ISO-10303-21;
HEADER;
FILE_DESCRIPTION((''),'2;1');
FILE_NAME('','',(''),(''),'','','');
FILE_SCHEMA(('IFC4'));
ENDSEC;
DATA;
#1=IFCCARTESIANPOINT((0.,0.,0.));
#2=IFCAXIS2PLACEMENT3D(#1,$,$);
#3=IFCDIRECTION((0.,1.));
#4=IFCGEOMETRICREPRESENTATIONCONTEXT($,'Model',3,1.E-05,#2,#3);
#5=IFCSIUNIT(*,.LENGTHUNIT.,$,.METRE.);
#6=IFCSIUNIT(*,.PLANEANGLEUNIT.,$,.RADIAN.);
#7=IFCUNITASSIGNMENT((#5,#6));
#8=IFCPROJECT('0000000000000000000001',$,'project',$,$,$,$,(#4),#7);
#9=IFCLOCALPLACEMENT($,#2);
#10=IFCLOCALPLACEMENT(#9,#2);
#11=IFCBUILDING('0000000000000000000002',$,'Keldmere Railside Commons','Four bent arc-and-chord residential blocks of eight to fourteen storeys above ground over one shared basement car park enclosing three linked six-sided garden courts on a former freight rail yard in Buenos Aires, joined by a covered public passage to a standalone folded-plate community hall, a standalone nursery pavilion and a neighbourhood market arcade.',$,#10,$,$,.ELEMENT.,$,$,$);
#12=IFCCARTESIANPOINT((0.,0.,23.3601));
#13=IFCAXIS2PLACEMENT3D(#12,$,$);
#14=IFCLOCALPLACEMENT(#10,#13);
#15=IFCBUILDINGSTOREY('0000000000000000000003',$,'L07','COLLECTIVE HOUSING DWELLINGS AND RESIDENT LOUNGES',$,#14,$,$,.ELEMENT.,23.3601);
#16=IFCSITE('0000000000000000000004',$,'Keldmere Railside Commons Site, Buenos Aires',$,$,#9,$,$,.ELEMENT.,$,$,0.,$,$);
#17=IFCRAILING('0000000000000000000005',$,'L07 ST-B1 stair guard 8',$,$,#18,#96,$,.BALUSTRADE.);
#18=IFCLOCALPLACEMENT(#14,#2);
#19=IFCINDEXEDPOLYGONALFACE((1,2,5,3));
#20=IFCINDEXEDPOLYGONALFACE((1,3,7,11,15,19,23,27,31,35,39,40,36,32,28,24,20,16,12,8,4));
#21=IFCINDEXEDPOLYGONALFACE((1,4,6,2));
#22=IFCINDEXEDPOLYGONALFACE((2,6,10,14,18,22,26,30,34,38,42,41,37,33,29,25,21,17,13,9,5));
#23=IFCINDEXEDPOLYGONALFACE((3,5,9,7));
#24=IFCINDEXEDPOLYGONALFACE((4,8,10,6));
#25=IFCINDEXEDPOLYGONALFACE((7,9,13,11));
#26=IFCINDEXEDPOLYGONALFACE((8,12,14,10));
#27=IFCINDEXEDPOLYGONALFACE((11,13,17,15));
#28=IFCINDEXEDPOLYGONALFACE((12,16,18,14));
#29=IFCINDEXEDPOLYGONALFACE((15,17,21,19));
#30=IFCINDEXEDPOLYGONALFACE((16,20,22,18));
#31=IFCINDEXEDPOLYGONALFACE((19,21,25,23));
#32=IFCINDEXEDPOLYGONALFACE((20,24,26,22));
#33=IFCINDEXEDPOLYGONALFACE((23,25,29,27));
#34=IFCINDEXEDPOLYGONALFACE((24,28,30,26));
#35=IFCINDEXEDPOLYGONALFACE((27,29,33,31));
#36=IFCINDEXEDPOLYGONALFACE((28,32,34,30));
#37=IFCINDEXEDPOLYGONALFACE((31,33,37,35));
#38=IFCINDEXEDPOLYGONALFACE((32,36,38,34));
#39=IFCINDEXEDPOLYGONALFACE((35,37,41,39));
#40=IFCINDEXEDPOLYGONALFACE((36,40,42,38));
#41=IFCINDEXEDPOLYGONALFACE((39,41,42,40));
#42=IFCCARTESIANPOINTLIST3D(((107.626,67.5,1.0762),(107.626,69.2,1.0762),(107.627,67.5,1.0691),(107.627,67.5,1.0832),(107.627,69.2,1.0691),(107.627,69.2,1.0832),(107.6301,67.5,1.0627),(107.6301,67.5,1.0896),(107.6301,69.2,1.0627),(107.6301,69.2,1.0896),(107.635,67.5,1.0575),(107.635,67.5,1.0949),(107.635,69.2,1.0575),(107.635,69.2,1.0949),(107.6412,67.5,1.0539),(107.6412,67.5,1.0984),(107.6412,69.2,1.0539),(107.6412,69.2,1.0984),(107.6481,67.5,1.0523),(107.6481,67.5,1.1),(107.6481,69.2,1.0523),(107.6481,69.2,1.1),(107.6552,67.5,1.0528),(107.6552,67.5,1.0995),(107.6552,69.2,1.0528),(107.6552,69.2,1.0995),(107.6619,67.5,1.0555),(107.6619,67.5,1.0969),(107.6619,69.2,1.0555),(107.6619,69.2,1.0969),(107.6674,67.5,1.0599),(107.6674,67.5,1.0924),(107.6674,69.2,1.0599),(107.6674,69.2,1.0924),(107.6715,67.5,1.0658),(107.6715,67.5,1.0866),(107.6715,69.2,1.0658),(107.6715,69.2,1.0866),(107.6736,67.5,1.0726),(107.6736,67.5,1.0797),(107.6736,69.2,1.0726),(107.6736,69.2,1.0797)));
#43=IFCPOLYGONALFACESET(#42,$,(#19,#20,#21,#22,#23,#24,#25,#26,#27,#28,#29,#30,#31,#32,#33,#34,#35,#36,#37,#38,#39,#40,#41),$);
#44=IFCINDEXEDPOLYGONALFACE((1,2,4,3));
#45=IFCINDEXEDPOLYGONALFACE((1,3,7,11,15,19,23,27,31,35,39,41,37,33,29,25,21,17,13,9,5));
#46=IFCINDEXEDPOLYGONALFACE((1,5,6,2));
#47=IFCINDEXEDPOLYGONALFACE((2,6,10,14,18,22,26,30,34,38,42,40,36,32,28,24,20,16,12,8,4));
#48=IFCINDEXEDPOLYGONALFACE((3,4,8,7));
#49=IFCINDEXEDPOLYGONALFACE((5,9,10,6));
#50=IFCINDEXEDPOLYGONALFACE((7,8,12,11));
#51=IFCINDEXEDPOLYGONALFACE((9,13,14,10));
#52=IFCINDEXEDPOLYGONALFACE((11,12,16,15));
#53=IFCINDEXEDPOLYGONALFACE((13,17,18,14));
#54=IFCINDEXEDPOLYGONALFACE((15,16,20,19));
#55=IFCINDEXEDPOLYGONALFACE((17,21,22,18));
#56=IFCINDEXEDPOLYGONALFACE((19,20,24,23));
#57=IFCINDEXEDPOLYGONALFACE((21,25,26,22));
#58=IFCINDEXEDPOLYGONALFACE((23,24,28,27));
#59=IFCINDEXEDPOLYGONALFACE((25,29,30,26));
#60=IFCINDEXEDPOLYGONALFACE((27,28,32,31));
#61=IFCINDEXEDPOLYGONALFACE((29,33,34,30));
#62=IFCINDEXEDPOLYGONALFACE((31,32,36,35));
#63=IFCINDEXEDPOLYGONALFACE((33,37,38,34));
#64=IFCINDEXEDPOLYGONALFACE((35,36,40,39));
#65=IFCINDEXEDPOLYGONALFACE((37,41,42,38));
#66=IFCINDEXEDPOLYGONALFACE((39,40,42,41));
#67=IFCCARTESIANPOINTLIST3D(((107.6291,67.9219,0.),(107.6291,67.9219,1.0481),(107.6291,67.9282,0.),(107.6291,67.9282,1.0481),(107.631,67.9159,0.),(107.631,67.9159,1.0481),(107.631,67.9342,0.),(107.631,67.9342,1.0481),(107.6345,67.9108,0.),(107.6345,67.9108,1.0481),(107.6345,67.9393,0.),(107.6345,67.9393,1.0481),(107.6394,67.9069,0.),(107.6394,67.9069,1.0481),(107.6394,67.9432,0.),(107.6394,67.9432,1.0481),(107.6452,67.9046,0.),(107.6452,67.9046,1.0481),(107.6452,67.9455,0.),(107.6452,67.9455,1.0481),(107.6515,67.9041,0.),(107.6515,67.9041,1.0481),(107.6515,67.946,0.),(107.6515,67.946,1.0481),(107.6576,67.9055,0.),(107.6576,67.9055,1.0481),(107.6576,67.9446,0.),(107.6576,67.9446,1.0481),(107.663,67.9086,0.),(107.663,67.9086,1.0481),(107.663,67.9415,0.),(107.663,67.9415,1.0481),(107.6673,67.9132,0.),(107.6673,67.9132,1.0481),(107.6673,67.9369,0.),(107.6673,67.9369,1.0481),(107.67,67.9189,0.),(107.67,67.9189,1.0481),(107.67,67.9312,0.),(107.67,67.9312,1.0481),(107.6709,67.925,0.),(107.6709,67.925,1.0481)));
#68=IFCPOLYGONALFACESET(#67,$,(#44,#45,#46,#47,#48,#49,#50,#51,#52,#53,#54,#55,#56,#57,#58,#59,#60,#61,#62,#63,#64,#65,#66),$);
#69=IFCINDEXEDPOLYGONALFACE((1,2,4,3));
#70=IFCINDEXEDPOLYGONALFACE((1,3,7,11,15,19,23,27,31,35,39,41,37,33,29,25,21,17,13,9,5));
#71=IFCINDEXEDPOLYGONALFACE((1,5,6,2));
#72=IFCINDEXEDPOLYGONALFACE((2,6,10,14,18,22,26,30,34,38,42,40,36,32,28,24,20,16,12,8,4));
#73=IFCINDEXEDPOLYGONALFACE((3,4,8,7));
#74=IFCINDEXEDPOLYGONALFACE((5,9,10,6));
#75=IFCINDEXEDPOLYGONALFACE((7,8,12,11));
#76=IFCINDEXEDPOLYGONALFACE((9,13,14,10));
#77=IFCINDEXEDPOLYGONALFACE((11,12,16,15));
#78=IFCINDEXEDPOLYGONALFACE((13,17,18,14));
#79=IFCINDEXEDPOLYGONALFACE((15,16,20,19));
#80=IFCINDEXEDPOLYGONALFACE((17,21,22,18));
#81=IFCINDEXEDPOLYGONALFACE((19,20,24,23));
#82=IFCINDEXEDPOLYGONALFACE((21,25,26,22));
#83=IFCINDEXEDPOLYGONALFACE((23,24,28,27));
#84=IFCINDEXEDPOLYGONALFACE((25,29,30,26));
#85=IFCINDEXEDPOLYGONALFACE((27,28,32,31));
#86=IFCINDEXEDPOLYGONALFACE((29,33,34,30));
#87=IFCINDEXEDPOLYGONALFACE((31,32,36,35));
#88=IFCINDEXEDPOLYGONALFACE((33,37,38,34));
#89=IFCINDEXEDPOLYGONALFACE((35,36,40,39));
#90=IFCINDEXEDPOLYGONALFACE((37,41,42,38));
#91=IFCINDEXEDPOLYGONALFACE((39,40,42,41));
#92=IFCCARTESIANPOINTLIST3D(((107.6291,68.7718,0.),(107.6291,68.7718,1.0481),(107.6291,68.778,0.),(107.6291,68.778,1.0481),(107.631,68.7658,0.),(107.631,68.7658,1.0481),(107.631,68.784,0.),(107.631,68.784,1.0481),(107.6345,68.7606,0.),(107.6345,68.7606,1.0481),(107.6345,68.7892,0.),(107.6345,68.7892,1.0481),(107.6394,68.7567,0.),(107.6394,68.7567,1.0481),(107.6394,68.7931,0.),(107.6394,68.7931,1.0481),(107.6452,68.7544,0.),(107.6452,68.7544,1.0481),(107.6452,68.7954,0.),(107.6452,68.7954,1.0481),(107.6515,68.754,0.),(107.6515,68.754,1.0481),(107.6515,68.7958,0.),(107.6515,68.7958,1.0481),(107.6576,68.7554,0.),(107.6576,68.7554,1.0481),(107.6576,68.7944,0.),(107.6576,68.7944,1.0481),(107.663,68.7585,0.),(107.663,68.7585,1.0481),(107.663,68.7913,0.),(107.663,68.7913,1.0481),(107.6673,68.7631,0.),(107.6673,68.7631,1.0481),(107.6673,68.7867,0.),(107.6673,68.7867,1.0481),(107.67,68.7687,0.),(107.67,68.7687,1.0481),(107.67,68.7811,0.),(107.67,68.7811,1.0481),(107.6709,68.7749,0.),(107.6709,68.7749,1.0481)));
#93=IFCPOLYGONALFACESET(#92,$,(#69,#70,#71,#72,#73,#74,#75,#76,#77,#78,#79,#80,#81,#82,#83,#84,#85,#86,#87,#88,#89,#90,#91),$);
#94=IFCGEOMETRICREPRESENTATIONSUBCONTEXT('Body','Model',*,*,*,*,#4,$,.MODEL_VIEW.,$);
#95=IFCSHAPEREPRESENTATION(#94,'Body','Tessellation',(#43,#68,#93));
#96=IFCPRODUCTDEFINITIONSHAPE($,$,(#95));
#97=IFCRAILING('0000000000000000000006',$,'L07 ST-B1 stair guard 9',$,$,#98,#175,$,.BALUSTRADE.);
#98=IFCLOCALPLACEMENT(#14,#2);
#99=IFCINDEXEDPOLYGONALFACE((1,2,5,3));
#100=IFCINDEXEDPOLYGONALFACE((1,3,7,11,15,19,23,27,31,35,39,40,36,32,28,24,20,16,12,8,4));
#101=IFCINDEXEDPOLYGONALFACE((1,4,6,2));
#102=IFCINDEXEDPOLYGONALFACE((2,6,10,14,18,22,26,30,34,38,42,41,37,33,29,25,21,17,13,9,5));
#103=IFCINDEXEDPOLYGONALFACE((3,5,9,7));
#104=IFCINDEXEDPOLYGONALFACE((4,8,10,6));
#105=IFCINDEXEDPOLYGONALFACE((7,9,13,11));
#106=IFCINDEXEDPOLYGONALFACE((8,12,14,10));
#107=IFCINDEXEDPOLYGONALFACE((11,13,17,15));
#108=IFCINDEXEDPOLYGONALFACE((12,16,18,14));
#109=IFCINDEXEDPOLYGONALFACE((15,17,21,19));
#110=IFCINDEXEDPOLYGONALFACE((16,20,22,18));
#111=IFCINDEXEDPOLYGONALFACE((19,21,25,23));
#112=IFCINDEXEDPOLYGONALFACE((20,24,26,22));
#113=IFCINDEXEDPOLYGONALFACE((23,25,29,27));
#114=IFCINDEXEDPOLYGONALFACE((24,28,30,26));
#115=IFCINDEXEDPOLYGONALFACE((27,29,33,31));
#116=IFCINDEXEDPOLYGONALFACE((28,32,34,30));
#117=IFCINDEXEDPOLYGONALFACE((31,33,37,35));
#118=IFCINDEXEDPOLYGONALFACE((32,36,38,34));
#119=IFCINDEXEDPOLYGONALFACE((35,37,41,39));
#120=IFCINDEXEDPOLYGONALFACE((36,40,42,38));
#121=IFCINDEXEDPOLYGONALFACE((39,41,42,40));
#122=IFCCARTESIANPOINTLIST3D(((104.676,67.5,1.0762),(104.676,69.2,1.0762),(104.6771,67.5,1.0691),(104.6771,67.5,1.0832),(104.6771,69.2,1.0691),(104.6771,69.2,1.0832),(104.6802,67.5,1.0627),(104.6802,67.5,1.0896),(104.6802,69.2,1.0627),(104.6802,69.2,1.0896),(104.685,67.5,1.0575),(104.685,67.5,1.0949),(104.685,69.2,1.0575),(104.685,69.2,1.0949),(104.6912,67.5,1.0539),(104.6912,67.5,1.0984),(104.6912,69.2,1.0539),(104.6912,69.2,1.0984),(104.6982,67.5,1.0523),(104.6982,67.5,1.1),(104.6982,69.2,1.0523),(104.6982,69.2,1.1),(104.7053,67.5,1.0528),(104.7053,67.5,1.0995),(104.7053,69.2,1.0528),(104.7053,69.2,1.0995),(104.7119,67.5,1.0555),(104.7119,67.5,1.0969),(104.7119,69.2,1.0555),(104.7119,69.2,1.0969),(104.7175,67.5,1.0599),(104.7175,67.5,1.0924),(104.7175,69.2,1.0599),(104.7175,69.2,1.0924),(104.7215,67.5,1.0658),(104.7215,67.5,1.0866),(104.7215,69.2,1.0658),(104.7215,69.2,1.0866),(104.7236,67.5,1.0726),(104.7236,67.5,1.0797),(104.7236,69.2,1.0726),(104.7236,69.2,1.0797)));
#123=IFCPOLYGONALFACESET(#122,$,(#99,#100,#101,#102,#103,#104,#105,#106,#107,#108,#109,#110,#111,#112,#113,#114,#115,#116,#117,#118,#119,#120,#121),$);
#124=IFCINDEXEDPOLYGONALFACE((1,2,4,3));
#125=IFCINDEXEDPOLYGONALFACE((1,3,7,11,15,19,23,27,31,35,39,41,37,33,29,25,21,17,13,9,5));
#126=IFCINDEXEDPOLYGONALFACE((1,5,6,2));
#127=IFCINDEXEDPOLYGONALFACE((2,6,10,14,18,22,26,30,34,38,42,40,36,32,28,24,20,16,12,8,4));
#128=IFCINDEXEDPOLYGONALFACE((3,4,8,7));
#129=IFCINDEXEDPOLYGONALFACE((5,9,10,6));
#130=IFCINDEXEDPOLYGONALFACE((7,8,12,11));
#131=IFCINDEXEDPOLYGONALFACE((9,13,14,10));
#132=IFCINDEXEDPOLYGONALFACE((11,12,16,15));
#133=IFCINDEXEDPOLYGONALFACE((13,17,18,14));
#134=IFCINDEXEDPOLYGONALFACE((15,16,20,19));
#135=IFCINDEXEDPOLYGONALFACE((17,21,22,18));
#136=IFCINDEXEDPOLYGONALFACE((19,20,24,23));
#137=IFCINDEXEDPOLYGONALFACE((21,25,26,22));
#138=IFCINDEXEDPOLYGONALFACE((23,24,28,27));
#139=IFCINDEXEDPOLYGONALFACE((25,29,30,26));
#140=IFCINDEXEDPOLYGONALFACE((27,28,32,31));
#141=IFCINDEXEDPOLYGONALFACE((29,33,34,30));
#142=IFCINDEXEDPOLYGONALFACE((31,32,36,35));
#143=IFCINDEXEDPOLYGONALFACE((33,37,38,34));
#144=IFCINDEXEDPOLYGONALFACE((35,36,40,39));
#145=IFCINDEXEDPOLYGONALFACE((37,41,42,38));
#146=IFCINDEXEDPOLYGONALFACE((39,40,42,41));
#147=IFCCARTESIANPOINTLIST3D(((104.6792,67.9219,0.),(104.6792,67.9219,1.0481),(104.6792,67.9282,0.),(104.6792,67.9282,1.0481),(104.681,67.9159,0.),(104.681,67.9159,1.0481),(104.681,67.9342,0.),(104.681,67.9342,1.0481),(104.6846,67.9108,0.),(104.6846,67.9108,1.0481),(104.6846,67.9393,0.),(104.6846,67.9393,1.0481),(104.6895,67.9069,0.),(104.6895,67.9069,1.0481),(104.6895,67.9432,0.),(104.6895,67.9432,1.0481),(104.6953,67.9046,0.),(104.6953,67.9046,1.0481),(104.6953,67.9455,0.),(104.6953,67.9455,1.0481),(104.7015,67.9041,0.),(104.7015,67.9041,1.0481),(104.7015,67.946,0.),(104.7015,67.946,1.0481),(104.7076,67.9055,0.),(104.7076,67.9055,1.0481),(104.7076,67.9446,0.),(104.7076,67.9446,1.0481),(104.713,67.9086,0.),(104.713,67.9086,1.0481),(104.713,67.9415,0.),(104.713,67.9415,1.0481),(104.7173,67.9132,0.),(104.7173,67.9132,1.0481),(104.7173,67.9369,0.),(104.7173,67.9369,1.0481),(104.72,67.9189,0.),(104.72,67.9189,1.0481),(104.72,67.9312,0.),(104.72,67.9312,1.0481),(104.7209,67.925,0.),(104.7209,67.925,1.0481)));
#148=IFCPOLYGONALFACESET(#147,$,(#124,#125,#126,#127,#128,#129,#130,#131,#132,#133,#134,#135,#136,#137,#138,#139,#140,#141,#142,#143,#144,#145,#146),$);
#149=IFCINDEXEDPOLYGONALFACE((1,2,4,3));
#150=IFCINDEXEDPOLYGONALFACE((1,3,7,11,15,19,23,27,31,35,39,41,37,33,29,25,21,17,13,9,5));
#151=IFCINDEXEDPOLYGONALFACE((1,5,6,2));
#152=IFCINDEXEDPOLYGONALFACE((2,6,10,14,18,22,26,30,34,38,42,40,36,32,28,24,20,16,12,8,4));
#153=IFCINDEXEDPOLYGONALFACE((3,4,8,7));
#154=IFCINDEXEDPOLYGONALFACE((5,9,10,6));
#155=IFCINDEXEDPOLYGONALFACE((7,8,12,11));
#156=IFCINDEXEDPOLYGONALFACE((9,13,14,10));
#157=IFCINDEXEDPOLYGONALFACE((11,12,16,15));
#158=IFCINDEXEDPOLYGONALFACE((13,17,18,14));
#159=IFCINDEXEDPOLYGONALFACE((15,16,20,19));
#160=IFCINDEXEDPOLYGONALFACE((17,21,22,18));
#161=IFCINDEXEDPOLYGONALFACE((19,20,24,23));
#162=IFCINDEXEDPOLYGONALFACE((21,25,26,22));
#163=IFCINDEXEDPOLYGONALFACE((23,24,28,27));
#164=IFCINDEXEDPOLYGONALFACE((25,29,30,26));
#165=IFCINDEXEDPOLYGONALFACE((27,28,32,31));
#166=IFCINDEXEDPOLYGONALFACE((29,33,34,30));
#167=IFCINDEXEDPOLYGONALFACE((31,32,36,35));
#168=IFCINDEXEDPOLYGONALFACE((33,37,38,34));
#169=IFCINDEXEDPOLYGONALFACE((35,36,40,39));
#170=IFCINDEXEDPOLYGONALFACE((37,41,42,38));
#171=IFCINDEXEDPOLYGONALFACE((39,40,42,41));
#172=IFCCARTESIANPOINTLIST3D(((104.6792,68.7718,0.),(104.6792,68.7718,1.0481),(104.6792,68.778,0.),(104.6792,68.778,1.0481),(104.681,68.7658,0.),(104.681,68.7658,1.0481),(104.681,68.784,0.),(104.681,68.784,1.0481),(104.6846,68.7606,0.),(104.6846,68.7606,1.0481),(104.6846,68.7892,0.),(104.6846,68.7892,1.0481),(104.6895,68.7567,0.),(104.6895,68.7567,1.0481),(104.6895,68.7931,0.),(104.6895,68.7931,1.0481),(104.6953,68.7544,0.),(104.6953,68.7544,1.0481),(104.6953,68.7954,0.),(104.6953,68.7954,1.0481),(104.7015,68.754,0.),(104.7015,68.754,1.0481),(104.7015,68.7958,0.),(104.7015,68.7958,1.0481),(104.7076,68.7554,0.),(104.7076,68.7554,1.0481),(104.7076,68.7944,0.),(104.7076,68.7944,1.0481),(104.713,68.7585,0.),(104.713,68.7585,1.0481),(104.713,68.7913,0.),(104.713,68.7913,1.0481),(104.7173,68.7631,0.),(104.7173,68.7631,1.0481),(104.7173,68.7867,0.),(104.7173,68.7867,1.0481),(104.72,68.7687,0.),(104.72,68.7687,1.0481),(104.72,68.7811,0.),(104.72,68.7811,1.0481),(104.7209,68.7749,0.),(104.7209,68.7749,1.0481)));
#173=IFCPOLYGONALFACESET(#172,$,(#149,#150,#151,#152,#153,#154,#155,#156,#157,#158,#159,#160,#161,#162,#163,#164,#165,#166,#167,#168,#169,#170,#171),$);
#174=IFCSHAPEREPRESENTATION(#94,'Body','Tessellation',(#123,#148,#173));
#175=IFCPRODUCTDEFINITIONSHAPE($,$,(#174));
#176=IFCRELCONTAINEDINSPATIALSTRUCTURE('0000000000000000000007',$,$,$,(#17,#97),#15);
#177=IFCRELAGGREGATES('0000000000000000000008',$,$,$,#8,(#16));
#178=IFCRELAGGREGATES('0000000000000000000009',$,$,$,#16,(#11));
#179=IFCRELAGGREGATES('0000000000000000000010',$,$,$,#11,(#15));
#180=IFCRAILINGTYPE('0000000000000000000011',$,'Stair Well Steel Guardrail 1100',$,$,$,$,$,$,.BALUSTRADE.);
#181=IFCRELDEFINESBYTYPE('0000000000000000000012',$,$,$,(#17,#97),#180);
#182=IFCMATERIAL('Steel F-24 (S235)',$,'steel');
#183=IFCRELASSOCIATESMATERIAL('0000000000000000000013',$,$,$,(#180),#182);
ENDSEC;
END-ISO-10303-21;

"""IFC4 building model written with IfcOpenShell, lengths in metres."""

from ifc_helpers import new_model, si_unit, direction, frame, origin, origin_2d, place, context, subcontext, project, spatial, circle, extrude, material, type_object, element, save


model = new_model("IFC4")

# Units and contexts
model_context = context("Model", 3, precision=1e-05, world=origin(), true_north=direction((0.0, 1.0)))
body_context = subcontext(model_context, "Body", "Model", "MODEL_VIEW")
ifc_project = project(units=[si_unit("LENGTHUNIT", "METRE"), si_unit("PLANEANGLEUNIT", "RADIAN")], contexts=[model_context])

# Site, building, storey
site_placement = place(None, origin())
site = spatial("IfcSite", under=ifc_project, at=site_placement, Name="Keldmere Railside Commons Site, Buenos Aires", CompositionType="ELEMENT", RefElevation=0.0)
building_placement = place(site_placement, origin())
building = spatial("IfcBuilding", under=site, at=building_placement, Name="Keldmere Railside Commons", Description="Four bent arc-and-chord residential blocks of eight to fourteen storeys above ground over one shared basement car park enclosing three linked six-sided garden courts on a former freight rail yard in Buenos Aires, joined by a covered public passage to a standalone folded-plate community hall, a standalone nursery pavilion and a neighbourhood market arcade.", CompositionType="ELEMENT")
storey_placement = place(building_placement, frame((0.0, 0.0, 23.3601)))
storey = spatial("IfcBuildingStorey", under=building, at=storey_placement, Name="L07", Description="COLLECTIVE HOUSING DWELLINGS AND RESIDENT LOUNGES", CompositionType="ELEMENT", Elevation=23.3601)

# Shared definitions
ifc_material_1 = material(Name="Steel F-24 (S235)", Category="steel")

# Railings
railing_type_1 = type_object("IfcRailingType", Name="Stair Well Steel Guardrail 1100", PredefinedType="BALUSTRADE", material=ifc_material_1)
for number, where, name in (
    (1, (107.6499, 67.5, 0.0), "L07 ST-B1 stair guard 8"),
    (2, (104.7, 67.5, 0.0), "L07 ST-B1 stair guard 9"),
):
    element("IfcRailing", number, at=place(storey_placement, frame(where)), inside=storey, type_object=railing_type_1, Name=name, PredefinedType="BALUSTRADE", context=body_context, shape_type="SweptSolid", body=[
        extrude(circle(Radius=0.0239, at=origin_2d()), frame((0.0, 0.0, 1.0762), z_axis=(0.0, 1.0, 0.0), x_axis=(-1.0, 0.0, 0.0)), (0.0, 0.0, 1.0), 1.7),
        extrude(circle(Radius=0.021, at=origin_2d()), frame((0.0, 0.425, 0.0)), (0.0, 0.0, 1.0), 1.0481),
        extrude(circle(Radius=0.021, at=origin_2d()), frame((0.0, 1.2749, 0.0)), (0.0, 0.0, 1.0), 1.0481),
    ])

save(model, "model.ifc")
